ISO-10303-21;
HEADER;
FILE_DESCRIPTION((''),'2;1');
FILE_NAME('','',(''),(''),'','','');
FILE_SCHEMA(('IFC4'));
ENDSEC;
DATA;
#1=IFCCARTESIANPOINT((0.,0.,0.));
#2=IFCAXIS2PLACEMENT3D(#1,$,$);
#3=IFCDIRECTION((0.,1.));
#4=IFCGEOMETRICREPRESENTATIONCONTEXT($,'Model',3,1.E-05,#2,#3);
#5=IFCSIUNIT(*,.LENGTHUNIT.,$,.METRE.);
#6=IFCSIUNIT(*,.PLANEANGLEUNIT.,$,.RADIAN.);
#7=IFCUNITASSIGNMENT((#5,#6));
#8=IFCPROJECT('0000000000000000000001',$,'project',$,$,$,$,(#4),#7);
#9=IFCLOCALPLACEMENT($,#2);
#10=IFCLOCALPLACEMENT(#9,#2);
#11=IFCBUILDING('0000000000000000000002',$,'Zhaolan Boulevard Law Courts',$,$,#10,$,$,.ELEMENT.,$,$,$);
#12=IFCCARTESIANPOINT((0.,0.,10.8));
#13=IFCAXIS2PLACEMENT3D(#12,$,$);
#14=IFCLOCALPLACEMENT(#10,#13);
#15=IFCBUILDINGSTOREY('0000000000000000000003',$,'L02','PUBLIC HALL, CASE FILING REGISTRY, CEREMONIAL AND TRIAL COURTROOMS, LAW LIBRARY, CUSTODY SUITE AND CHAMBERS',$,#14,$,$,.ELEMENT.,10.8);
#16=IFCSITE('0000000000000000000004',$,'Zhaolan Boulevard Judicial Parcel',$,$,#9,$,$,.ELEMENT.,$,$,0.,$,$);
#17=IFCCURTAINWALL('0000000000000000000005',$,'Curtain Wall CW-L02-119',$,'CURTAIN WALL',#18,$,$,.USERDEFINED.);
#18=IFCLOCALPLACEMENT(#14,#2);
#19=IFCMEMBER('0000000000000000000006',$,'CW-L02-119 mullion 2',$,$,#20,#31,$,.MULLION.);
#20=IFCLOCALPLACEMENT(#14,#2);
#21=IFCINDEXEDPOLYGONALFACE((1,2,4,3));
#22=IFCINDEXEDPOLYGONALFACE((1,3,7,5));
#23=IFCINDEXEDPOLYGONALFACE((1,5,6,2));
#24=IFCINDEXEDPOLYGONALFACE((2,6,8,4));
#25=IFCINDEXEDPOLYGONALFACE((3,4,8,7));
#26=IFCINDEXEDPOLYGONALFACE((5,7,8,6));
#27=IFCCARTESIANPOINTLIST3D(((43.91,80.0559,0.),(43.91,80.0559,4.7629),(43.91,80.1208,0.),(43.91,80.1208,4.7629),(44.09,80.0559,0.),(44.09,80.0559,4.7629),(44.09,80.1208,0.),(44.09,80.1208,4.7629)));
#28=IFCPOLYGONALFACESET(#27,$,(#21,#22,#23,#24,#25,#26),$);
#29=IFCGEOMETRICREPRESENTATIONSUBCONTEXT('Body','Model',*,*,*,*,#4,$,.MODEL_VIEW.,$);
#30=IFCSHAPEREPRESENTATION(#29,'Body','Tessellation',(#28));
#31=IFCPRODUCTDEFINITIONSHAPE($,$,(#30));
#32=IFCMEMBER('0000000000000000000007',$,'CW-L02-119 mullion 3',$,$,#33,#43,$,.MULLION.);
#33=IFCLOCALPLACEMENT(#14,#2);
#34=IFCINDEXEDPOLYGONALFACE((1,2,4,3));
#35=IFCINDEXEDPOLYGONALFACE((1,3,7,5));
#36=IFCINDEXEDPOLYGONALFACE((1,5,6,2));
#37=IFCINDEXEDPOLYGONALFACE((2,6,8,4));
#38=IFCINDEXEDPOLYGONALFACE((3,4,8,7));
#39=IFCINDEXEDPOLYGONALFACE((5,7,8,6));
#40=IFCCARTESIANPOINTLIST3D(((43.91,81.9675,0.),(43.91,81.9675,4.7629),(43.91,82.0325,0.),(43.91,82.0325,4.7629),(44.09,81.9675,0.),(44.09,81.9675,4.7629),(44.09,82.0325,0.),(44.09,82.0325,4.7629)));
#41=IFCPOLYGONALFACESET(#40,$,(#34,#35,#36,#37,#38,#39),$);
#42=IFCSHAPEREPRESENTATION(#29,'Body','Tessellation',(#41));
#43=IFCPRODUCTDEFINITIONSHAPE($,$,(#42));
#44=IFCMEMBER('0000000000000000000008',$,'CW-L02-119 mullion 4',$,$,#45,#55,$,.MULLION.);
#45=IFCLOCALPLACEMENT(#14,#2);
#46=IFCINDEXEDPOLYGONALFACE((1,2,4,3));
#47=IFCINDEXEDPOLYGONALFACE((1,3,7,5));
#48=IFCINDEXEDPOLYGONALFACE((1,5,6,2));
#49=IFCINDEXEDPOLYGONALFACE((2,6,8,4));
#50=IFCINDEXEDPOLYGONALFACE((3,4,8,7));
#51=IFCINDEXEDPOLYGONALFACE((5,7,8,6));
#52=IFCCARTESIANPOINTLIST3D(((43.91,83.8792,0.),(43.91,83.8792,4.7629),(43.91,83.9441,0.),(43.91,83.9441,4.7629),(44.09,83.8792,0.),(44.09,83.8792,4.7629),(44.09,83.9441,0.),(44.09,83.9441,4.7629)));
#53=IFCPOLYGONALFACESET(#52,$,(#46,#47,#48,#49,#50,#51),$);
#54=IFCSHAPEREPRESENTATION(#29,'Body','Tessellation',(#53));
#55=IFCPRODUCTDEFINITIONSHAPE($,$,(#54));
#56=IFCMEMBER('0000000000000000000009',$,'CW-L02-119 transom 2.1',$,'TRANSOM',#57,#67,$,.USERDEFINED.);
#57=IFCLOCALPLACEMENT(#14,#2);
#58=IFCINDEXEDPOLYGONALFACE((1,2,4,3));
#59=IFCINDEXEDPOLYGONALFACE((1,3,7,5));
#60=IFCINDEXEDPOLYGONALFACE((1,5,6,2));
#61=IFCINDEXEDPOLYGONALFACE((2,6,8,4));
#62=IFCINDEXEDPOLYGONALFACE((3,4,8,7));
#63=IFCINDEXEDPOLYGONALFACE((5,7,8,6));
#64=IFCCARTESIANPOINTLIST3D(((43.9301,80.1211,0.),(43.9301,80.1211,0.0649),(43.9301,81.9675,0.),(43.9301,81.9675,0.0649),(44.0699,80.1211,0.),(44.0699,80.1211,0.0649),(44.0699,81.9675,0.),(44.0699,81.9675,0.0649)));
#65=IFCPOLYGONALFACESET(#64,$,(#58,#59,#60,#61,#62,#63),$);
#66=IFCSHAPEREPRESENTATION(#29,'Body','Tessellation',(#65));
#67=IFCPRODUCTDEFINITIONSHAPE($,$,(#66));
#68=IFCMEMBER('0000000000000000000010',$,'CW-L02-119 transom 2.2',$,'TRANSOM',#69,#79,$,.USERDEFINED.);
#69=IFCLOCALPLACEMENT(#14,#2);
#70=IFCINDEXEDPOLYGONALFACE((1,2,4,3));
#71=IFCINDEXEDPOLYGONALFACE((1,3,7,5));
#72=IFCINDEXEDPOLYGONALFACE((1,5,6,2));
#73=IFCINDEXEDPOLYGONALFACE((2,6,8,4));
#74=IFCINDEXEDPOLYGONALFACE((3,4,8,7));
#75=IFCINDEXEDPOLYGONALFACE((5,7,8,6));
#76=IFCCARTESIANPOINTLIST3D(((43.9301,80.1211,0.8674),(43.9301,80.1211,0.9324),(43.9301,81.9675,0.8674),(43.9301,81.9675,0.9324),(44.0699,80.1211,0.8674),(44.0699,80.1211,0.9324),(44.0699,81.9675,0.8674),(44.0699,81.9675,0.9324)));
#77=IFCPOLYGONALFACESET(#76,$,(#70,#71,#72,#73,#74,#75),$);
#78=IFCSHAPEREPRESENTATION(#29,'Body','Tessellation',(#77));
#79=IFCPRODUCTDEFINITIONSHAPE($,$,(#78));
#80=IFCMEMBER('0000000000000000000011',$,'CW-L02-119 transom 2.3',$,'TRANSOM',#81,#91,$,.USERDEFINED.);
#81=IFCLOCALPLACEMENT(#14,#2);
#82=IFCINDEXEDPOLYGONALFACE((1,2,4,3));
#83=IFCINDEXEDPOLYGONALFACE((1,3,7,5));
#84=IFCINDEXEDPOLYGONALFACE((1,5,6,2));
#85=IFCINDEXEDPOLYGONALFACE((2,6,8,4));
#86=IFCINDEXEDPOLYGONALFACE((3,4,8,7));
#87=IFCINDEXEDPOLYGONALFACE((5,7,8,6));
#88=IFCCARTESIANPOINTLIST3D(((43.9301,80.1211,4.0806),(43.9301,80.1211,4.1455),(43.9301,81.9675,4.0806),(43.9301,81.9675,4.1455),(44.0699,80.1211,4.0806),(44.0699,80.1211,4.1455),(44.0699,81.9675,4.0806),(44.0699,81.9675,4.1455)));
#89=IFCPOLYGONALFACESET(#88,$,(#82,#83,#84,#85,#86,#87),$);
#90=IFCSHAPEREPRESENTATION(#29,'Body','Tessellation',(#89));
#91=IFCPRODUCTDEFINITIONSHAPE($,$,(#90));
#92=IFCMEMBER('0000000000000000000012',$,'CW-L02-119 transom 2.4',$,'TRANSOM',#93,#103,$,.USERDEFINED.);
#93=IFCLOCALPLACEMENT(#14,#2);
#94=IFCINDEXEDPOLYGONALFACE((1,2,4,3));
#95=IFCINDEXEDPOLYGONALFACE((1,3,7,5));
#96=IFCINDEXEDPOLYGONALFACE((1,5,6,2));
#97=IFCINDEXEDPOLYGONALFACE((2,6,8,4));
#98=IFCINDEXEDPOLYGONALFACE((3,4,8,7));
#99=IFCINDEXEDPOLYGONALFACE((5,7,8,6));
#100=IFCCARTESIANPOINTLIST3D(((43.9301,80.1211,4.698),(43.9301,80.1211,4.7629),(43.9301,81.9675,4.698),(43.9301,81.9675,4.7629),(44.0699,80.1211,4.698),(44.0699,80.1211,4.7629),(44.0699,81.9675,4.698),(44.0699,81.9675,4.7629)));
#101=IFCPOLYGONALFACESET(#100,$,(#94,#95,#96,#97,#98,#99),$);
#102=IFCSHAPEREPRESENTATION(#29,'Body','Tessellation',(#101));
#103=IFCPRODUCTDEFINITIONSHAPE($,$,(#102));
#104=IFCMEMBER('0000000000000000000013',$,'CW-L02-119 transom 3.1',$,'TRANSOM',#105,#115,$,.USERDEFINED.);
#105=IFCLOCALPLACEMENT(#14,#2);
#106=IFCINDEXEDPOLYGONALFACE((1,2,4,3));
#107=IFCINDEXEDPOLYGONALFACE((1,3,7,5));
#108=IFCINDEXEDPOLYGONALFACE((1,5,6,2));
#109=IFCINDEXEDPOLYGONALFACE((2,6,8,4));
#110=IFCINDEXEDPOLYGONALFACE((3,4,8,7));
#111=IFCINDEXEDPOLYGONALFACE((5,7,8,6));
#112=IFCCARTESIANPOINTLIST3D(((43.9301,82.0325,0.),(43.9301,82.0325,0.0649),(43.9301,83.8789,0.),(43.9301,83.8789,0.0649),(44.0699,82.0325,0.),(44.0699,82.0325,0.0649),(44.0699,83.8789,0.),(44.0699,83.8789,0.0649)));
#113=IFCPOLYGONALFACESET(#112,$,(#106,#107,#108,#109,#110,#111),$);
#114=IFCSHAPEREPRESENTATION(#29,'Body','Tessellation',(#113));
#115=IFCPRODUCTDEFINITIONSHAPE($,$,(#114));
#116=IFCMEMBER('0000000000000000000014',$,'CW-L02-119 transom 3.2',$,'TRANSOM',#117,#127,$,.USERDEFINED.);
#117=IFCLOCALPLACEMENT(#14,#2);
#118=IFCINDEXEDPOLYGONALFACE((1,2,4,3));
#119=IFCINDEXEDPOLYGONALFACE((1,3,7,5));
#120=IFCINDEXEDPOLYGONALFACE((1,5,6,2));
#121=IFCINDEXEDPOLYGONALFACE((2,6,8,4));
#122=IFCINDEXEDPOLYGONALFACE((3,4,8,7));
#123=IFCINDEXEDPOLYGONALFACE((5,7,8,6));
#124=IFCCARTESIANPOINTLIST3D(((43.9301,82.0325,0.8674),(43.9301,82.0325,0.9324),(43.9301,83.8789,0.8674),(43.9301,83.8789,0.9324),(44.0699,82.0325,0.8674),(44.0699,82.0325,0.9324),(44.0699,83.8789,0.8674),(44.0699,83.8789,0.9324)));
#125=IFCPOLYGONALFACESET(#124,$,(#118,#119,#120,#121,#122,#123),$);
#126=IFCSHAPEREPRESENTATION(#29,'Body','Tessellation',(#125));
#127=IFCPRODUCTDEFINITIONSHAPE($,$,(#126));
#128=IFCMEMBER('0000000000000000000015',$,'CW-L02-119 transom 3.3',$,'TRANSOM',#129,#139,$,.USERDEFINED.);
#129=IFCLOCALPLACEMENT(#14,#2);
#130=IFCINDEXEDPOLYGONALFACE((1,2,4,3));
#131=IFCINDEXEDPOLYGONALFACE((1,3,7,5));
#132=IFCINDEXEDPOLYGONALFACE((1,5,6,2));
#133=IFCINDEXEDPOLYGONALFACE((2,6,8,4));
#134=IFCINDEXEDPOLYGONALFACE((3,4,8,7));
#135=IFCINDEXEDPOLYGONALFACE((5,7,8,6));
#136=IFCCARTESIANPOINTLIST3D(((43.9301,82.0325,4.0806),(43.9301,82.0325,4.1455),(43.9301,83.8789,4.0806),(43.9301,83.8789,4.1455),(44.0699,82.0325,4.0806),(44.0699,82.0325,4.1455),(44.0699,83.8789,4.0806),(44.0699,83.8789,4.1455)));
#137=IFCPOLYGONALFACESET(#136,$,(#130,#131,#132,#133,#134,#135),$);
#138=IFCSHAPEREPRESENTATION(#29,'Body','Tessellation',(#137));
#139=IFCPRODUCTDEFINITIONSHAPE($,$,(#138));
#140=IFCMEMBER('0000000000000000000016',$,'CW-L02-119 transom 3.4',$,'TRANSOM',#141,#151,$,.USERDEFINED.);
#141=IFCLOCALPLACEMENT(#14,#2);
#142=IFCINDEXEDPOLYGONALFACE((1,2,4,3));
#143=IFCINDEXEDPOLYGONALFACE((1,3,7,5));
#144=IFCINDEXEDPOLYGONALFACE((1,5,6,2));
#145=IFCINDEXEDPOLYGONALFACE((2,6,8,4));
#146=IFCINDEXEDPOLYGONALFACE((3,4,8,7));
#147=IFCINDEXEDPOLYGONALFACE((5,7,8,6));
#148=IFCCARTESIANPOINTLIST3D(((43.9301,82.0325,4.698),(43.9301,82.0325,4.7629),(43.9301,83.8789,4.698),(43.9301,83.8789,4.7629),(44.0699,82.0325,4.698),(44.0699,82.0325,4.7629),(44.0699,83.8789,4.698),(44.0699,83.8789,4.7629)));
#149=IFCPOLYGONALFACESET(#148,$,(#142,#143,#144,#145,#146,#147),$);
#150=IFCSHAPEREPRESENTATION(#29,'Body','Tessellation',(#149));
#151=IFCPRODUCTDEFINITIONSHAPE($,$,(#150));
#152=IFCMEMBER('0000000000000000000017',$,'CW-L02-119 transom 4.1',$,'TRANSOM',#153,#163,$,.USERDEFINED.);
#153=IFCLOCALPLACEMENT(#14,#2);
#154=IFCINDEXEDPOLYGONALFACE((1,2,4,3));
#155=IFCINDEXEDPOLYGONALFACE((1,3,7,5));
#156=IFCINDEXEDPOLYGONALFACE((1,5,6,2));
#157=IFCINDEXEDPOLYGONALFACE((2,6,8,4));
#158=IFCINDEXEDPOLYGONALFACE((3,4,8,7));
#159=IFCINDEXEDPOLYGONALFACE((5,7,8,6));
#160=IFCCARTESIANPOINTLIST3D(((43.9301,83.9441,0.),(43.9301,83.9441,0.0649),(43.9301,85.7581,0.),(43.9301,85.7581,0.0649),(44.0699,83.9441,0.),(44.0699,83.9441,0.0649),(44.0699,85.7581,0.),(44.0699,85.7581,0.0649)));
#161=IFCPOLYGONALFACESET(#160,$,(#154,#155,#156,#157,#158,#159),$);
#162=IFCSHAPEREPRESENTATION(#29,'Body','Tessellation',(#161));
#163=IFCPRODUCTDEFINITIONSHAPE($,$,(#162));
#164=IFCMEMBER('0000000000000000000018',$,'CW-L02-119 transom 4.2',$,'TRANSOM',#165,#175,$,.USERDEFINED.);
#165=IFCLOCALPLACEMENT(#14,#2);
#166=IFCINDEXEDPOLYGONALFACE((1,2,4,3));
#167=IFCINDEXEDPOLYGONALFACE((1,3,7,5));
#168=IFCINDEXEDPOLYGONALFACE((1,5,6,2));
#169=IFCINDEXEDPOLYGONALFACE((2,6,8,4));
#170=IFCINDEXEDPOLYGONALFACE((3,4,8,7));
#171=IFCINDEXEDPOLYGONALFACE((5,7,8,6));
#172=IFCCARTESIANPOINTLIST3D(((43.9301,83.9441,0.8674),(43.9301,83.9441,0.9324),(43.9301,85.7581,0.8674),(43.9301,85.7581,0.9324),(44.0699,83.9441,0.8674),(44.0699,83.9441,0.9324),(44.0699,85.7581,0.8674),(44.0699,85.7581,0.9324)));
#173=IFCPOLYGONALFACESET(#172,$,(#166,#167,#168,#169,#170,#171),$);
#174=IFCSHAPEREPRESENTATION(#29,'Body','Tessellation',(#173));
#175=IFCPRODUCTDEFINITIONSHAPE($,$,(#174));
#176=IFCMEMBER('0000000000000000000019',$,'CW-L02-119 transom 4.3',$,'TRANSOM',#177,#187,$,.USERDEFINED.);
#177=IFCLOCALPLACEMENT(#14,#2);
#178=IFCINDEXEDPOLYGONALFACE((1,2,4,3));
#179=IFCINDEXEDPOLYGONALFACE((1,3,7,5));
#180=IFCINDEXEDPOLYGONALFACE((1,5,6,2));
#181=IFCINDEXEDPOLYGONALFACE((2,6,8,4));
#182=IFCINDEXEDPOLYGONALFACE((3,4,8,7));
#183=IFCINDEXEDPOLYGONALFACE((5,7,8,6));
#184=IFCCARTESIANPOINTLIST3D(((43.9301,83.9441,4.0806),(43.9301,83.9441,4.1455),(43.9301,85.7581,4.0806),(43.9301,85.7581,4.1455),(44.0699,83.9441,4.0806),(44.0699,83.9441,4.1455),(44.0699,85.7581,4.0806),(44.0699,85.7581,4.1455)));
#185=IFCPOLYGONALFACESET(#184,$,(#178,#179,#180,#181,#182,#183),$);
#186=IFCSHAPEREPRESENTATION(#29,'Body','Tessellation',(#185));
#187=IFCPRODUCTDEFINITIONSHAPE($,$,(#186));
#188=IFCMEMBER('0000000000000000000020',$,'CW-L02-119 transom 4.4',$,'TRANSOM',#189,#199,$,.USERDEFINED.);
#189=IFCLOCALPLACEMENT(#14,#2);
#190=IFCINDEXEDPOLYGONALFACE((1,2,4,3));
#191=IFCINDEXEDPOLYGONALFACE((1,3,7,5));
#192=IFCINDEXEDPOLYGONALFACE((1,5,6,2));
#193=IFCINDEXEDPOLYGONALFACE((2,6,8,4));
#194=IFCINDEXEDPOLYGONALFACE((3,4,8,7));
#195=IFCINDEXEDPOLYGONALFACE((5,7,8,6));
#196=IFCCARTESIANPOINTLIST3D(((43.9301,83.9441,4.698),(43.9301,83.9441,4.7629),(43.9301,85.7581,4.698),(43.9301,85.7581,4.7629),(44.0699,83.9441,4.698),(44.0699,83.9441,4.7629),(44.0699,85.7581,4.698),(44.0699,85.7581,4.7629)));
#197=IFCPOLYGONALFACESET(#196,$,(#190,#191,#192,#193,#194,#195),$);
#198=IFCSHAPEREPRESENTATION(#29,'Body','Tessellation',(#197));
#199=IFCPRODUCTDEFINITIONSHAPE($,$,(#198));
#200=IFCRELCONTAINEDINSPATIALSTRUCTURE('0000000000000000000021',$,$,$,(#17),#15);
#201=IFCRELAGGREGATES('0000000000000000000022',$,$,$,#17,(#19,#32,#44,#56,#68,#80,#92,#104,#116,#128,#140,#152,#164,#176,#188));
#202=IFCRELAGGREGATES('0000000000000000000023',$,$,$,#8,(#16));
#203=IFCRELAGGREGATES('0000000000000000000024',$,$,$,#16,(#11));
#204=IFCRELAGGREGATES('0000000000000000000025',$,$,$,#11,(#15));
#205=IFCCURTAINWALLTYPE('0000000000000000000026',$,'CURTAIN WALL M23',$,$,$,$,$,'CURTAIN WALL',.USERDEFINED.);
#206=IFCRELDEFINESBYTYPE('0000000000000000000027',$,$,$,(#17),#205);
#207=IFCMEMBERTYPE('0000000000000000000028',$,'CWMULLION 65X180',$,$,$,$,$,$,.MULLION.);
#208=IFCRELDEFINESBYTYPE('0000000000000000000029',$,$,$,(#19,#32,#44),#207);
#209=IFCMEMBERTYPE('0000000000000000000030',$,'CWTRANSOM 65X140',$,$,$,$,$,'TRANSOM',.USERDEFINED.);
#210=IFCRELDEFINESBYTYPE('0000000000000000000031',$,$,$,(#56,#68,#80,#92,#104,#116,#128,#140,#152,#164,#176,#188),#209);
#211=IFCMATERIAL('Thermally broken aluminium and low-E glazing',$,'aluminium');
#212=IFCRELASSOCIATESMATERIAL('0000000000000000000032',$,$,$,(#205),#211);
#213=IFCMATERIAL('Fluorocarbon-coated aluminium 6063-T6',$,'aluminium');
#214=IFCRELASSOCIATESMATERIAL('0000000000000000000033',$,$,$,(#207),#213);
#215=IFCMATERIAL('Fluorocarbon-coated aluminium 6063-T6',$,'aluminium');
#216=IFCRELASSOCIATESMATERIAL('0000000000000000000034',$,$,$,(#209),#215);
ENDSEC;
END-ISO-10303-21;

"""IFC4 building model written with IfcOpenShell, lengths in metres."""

from ifc_helpers import new_model, si_unit, direction, frame, origin, origin_2d, place, context, subcontext, project, spatial, rectangle, extrude, material, material_profile, profile_set, type_object, element, aggregate, save


model = new_model("IFC4")

# Units and contexts
model_context = context("Model", 3, precision=1e-05, world=origin(), true_north=direction((0.0, 1.0)))
body_context = subcontext(model_context, "Body", "Model", "MODEL_VIEW")
ifc_project = project(units=[si_unit("LENGTHUNIT", "METRE"), si_unit("PLANEANGLEUNIT", "RADIAN")], contexts=[model_context])

# Site, building, storey
site_placement = place(None, origin())
site = spatial("IfcSite", under=ifc_project, at=site_placement, Name="Zhaolan Boulevard Judicial Parcel", CompositionType="ELEMENT", RefElevation=0.0)
building_placement = place(site_placement, origin())
building = spatial("IfcBuilding", under=site, at=building_placement, Name="Zhaolan Boulevard Law Courts", CompositionType="ELEMENT")
storey_placement = place(building_placement, frame((0.0, 0.0, 10.8)))
storey = spatial("IfcBuildingStorey", under=building, at=storey_placement, Name="L02", Description="PUBLIC HALL, CASE FILING REGISTRY, CEREMONIAL AND TRIAL COURTROOMS, LAW LIBRARY, CUSTODY SUITE AND CHAMBERS", CompositionType="ELEMENT", Elevation=10.8)

# Curtain wall, members
ifc_material_1 = material(Name="Thermally broken aluminium and low-E glazing", Category="aluminium")
curtain_wall_type = type_object("IfcCurtainWallType", Name="CURTAIN WALL M23", ElementType="CURTAIN WALL", PredefinedType="USERDEFINED", material=ifc_material_1)
curtain_wall_placement = place(storey_placement, origin())
curtain_wall = element("IfcCurtainWall", 1, at=curtain_wall_placement, inside=storey, type_object=curtain_wall_type, Name="Curtain Wall CW-L02-119", ObjectType="CURTAIN WALL", PredefinedType="USERDEFINED")
ifc_material_2 = material(Name="Fluorocarbon-coated aluminium 6063-T6", Category="aluminium")
ifc_material_profile_1 = material_profile(ifc_material_2, rectangle(XDim=0.1799, YDim=0.0649, at=origin_2d()), Name="AL65x180")
ifc_profile_set_1 = profile_set([ifc_material_profile_1], Name="Fluorocarbon-coated aluminium 6063-T6")
member_type_1 = type_object("IfcMemberType", Name="CWMULLION 65X180", PredefinedType="MULLION", material=ifc_profile_set_1)
member_1_placement = place(storey_placement, frame((44.0, 80.0884, 0.0), z_axis=(0.0, 0.0, 1.0), x_axis=(-1.0, 0.0, 0.0)))
member_1 = element("IfcMember", 2, at=member_1_placement, type_object=member_type_1, Name="CW-L02-119 mullion 2", PredefinedType="MULLION", context=body_context, shape_type="SweptSolid", body=[
    extrude(rectangle(XDim=0.1799, YDim=0.0649, at=origin_2d()), origin(), (0.0, 0.0, 1.0), 4.7629),
])
member_2_placement = place(storey_placement, frame((44.0, 82.0, 0.0), z_axis=(0.0, 0.0, 1.0), x_axis=(-1.0, 0.0, 0.0)))
member_2 = element("IfcMember", 3, at=member_2_placement, type_object=member_type_1, Name="CW-L02-119 mullion 3", PredefinedType="MULLION", context=body_context, shape_type="SweptSolid", body=[
    extrude(rectangle(XDim=0.1799, YDim=0.0649, at=origin_2d()), origin(), (0.0, 0.0, 1.0), 4.7629),
])
member_3_placement = place(storey_placement, frame((44.0, 83.9116, 0.0), z_axis=(0.0, 0.0, 1.0), x_axis=(-1.0, 0.0, 0.0)))
member_3 = element("IfcMember", 4, at=member_3_placement, type_object=member_type_1, Name="CW-L02-119 mullion 4", PredefinedType="MULLION", context=body_context, shape_type="SweptSolid", body=[
    extrude(rectangle(XDim=0.1799, YDim=0.0649, at=origin_2d()), origin(), (0.0, 0.0, 1.0), 4.7629),
])
ifc_material_3 = material(Name="Fluorocarbon-coated aluminium 6063-T6", Category="aluminium")
ifc_material_profile_2 = material_profile(ifc_material_3, rectangle(XDim=0.1399, YDim=0.0649, at=origin_2d()), Name="AL65x140")
ifc_profile_set_2 = profile_set([ifc_material_profile_2], Name="Fluorocarbon-coated aluminium 6063-T6")
member_type_2 = type_object("IfcMemberType", Name="CWTRANSOM 65X140", ElementType="TRANSOM", PredefinedType="USERDEFINED", material=ifc_profile_set_2)
member_4_placement = place(storey_placement, frame((44.0, 80.1211, 0.0325), z_axis=(0.0, 1.0, 0.0), x_axis=(-1.0, 0.0, 0.0)))
member_4 = element("IfcMember", 5, at=member_4_placement, type_object=member_type_2, Name="CW-L02-119 transom 2.1", ObjectType="TRANSOM", PredefinedType="USERDEFINED", context=body_context, shape_type="SweptSolid", body=[
    extrude(rectangle(XDim=0.1399, YDim=0.0649, at=origin_2d()), origin(), (0.0, 0.0, 1.0), 1.8464),
])
member_5_placement = place(storey_placement, frame((44.0, 80.1211, 0.8999), z_axis=(0.0, 1.0, 0.0), x_axis=(-1.0, 0.0, 0.0)))
member_5 = element("IfcMember", 6, at=member_5_placement, type_object=member_type_2, Name="CW-L02-119 transom 2.2", ObjectType="TRANSOM", PredefinedType="USERDEFINED", context=body_context, shape_type="SweptSolid", body=[
    extrude(rectangle(XDim=0.1399, YDim=0.0649, at=origin_2d()), origin(), (0.0, 0.0, 1.0), 1.8464),
])
member_6_placement = place(storey_placement, frame((44.0, 80.1211, 4.113), z_axis=(0.0, 1.0, 0.0), x_axis=(-1.0, 0.0, 0.0)))
member_6 = element("IfcMember", 7, at=member_6_placement, type_object=member_type_2, Name="CW-L02-119 transom 2.3", ObjectType="TRANSOM", PredefinedType="USERDEFINED", context=body_context, shape_type="SweptSolid", body=[
    extrude(rectangle(XDim=0.1399, YDim=0.0649, at=origin_2d()), origin(), (0.0, 0.0, 1.0), 1.8464),
])
member_7_placement = place(storey_placement, frame((44.0, 80.1211, 4.7305), z_axis=(0.0, 1.0, 0.0), x_axis=(-1.0, 0.0, 0.0)))
member_7 = element("IfcMember", 8, at=member_7_placement, type_object=member_type_2, Name="CW-L02-119 transom 2.4", ObjectType="TRANSOM", PredefinedType="USERDEFINED", context=body_context, shape_type="SweptSolid", body=[
    extrude(rectangle(XDim=0.1399, YDim=0.0649, at=origin_2d()), origin(), (0.0, 0.0, 1.0), 1.8464),
])
member_8_placement = place(storey_placement, frame((44.0, 82.0325, 0.0325), z_axis=(0.0, 1.0, 0.0), x_axis=(-1.0, 0.0, 0.0)))
member_8 = element("IfcMember", 9, at=member_8_placement, type_object=member_type_2, Name="CW-L02-119 transom 3.1", ObjectType="TRANSOM", PredefinedType="USERDEFINED", context=body_context, shape_type="SweptSolid", body=[
    extrude(rectangle(XDim=0.1399, YDim=0.0649, at=origin_2d()), origin(), (0.0, 0.0, 1.0), 1.8464),
])
member_9_placement = place(storey_placement, frame((44.0, 82.0325, 0.8999), z_axis=(0.0, 1.0, 0.0), x_axis=(-1.0, 0.0, 0.0)))
member_9 = element("IfcMember", 10, at=member_9_placement, type_object=member_type_2, Name="CW-L02-119 transom 3.2", ObjectType="TRANSOM", PredefinedType="USERDEFINED", context=body_context, shape_type="SweptSolid", body=[
    extrude(rectangle(XDim=0.1399, YDim=0.0649, at=origin_2d()), origin(), (0.0, 0.0, 1.0), 1.8464),
])
member_10_placement = place(storey_placement, frame((44.0, 82.0325, 4.113), z_axis=(0.0, 1.0, 0.0), x_axis=(-1.0, 0.0, 0.0)))
member_10 = element("IfcMember", 11, at=member_10_placement, type_object=member_type_2, Name="CW-L02-119 transom 3.3", ObjectType="TRANSOM", PredefinedType="USERDEFINED", context=body_context, shape_type="SweptSolid", body=[
    extrude(rectangle(XDim=0.1399, YDim=0.0649, at=origin_2d()), origin(), (0.0, 0.0, 1.0), 1.8464),
])
member_11_placement = place(storey_placement, frame((44.0, 82.0325, 4.7305), z_axis=(0.0, 1.0, 0.0), x_axis=(-1.0, 0.0, 0.0)))
member_11 = element("IfcMember", 12, at=member_11_placement, type_object=member_type_2, Name="CW-L02-119 transom 3.4", ObjectType="TRANSOM", PredefinedType="USERDEFINED", context=body_context, shape_type="SweptSolid", body=[
    extrude(rectangle(XDim=0.1399, YDim=0.0649, at=origin_2d()), origin(), (0.0, 0.0, 1.0), 1.8464),
])
member_12_placement = place(storey_placement, frame((44.0, 83.9441, 0.0325), z_axis=(0.0, 1.0, 0.0), x_axis=(-1.0, 0.0, 0.0)))
member_12 = element("IfcMember", 13, at=member_12_placement, type_object=member_type_2, Name="CW-L02-119 transom 4.1", ObjectType="TRANSOM", PredefinedType="USERDEFINED", context=body_context, shape_type="SweptSolid", body=[
    extrude(rectangle(XDim=0.1399, YDim=0.0649, at=origin_2d()), origin(), (0.0, 0.0, 1.0), 1.814),
])
member_13_placement = place(storey_placement, frame((44.0, 83.9441, 0.8999), z_axis=(0.0, 1.0, 0.0), x_axis=(-1.0, 0.0, 0.0)))
member_13 = element("IfcMember", 14, at=member_13_placement, type_object=member_type_2, Name="CW-L02-119 transom 4.2", ObjectType="TRANSOM", PredefinedType="USERDEFINED", context=body_context, shape_type="SweptSolid", body=[
    extrude(rectangle(XDim=0.1399, YDim=0.0649, at=origin_2d()), origin(), (0.0, 0.0, 1.0), 1.814),
])
member_14_placement = place(storey_placement, frame((44.0, 83.9441, 4.113), z_axis=(0.0, 1.0, 0.0), x_axis=(-1.0, 0.0, 0.0)))
member_14 = element("IfcMember", 15, at=member_14_placement, type_object=member_type_2, Name="CW-L02-119 transom 4.3", ObjectType="TRANSOM", PredefinedType="USERDEFINED", context=body_context, shape_type="SweptSolid", body=[
    extrude(rectangle(XDim=0.1399, YDim=0.0649, at=origin_2d()), origin(), (0.0, 0.0, 1.0), 1.814),
])
member_15_placement = place(storey_placement, frame((44.0, 83.9441, 4.7305), z_axis=(0.0, 1.0, 0.0), x_axis=(-1.0, 0.0, 0.0)))
member_15 = element("IfcMember", 16, at=member_15_placement, type_object=member_type_2, Name="CW-L02-119 transom 4.4", ObjectType="TRANSOM", PredefinedType="USERDEFINED", context=body_context, shape_type="SweptSolid", body=[
    extrude(rectangle(XDim=0.1399, YDim=0.0649, at=origin_2d()), origin(), (0.0, 0.0, 1.0), 1.814),
])
aggregate(curtain_wall, [member_1, member_2, member_3, member_4, member_5, member_6, member_7, member_8, member_9, member_10, member_11, member_12, member_13, member_14, member_15])

save(model, "model.ifc")
